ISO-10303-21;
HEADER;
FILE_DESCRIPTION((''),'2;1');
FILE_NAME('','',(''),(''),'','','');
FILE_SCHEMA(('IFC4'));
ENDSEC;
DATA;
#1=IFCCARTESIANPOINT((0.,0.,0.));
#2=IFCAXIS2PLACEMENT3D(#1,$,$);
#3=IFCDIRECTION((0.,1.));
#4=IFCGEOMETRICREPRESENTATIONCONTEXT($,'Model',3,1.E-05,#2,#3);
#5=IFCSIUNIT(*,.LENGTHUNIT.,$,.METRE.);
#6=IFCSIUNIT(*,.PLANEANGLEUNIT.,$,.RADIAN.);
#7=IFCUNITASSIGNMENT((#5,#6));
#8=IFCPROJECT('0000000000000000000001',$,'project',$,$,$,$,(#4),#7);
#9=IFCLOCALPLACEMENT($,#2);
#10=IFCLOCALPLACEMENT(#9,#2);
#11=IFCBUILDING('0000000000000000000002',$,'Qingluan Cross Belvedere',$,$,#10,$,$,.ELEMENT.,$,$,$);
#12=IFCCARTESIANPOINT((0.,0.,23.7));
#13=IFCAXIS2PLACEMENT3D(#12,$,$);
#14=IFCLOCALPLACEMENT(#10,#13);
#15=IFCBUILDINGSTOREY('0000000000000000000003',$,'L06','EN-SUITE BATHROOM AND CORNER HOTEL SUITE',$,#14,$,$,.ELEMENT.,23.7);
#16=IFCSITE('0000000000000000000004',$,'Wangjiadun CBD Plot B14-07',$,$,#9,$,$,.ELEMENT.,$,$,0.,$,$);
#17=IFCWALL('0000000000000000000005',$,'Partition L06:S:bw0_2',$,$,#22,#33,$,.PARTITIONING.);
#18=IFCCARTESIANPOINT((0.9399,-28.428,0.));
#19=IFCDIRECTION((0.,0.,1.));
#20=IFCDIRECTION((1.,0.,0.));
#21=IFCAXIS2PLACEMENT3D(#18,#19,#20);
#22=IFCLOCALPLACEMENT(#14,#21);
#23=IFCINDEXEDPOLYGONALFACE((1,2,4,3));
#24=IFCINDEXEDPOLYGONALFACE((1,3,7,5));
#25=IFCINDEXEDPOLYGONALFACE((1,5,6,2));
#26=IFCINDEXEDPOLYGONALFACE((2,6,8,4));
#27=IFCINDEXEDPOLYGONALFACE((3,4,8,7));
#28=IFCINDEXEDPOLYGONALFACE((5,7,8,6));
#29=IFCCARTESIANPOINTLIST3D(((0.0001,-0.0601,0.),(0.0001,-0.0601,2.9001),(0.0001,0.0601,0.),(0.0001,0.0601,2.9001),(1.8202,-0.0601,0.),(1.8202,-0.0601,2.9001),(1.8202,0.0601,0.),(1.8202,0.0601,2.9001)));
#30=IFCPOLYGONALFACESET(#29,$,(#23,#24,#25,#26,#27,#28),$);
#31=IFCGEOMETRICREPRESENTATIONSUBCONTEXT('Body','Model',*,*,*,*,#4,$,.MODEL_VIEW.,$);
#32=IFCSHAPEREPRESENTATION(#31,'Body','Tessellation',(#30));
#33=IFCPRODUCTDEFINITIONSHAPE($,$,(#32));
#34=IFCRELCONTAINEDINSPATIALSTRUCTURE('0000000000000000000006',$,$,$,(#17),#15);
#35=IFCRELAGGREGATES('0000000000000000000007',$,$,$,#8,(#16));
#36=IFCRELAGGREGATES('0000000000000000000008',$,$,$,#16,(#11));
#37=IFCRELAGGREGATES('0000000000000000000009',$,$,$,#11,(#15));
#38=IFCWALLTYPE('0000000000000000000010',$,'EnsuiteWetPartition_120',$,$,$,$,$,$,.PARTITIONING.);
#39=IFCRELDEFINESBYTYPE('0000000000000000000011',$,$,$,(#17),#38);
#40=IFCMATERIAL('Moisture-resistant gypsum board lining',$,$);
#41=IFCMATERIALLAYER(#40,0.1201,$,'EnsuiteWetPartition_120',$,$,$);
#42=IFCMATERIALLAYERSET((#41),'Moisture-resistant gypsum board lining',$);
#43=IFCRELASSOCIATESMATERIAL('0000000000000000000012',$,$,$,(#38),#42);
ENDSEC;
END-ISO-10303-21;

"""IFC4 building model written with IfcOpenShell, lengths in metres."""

from ifc_helpers import new_model, si_unit, direction, frame, frame_2d, origin, place, context, subcontext, project, spatial, rectangle, extrude, material, layer, layer_set, type_object, element, save


model = new_model("IFC4")

# Units and contexts
model_context = context("Model", 3, precision=1e-05, world=origin(), true_north=direction((0.0, 1.0)))
body_context = subcontext(model_context, "Body", "Model", "MODEL_VIEW")
ifc_project = project(units=[si_unit("LENGTHUNIT", "METRE"), si_unit("PLANEANGLEUNIT", "RADIAN")], contexts=[model_context])

# Site, building, storey
site_placement = place(None, origin())
site = spatial("IfcSite", under=ifc_project, at=site_placement, Name="Wangjiadun CBD Plot B14-07", CompositionType="ELEMENT", RefElevation=0.0)
building_placement = place(site_placement, origin())
building = spatial("IfcBuilding", under=site, at=building_placement, Name="Qingluan Cross Belvedere", CompositionType="ELEMENT")
storey_placement = place(building_placement, frame((0.0, 0.0, 23.7)))
storey = spatial("IfcBuildingStorey", under=building, at=storey_placement, Name="L06", Description="EN-SUITE BATHROOM AND CORNER HOTEL SUITE", CompositionType="ELEMENT", Elevation=23.7)

# Shared definitions
ifc_material_1 = material(Name="Moisture-resistant gypsum board lining")
ifc_layer_1 = layer(ifc_material_1, 0.1201, Name="EnsuiteWetPartition_120")
ifc_layer_set_1 = layer_set([ifc_layer_1], Name="Moisture-resistant gypsum board lining")
wall_type_1 = type_object("IfcWallType", Name="EnsuiteWetPartition_120", PredefinedType="PARTITIONING", material=ifc_layer_set_1)

# Wall
wall_1_placement = place(storey_placement, frame((0.9399, -28.428, 0.0), z_axis=(0.0, 0.0, 1.0), x_axis=(1.0, 0.0, 0.0)))
element("IfcWall", 1, at=wall_1_placement, inside=storey, type_object=wall_type_1, Name="Partition L06:S:bw0_2", PredefinedType="PARTITIONING", context=body_context, shape_type="SweptSolid", body=[
    extrude(rectangle(XDim=1.8201, YDim=0.1201, at=frame_2d((0.9102, 0.0))), origin(), (0.0, 0.0, 1.0), 2.9001),
])

save(model, "model.ifc")
